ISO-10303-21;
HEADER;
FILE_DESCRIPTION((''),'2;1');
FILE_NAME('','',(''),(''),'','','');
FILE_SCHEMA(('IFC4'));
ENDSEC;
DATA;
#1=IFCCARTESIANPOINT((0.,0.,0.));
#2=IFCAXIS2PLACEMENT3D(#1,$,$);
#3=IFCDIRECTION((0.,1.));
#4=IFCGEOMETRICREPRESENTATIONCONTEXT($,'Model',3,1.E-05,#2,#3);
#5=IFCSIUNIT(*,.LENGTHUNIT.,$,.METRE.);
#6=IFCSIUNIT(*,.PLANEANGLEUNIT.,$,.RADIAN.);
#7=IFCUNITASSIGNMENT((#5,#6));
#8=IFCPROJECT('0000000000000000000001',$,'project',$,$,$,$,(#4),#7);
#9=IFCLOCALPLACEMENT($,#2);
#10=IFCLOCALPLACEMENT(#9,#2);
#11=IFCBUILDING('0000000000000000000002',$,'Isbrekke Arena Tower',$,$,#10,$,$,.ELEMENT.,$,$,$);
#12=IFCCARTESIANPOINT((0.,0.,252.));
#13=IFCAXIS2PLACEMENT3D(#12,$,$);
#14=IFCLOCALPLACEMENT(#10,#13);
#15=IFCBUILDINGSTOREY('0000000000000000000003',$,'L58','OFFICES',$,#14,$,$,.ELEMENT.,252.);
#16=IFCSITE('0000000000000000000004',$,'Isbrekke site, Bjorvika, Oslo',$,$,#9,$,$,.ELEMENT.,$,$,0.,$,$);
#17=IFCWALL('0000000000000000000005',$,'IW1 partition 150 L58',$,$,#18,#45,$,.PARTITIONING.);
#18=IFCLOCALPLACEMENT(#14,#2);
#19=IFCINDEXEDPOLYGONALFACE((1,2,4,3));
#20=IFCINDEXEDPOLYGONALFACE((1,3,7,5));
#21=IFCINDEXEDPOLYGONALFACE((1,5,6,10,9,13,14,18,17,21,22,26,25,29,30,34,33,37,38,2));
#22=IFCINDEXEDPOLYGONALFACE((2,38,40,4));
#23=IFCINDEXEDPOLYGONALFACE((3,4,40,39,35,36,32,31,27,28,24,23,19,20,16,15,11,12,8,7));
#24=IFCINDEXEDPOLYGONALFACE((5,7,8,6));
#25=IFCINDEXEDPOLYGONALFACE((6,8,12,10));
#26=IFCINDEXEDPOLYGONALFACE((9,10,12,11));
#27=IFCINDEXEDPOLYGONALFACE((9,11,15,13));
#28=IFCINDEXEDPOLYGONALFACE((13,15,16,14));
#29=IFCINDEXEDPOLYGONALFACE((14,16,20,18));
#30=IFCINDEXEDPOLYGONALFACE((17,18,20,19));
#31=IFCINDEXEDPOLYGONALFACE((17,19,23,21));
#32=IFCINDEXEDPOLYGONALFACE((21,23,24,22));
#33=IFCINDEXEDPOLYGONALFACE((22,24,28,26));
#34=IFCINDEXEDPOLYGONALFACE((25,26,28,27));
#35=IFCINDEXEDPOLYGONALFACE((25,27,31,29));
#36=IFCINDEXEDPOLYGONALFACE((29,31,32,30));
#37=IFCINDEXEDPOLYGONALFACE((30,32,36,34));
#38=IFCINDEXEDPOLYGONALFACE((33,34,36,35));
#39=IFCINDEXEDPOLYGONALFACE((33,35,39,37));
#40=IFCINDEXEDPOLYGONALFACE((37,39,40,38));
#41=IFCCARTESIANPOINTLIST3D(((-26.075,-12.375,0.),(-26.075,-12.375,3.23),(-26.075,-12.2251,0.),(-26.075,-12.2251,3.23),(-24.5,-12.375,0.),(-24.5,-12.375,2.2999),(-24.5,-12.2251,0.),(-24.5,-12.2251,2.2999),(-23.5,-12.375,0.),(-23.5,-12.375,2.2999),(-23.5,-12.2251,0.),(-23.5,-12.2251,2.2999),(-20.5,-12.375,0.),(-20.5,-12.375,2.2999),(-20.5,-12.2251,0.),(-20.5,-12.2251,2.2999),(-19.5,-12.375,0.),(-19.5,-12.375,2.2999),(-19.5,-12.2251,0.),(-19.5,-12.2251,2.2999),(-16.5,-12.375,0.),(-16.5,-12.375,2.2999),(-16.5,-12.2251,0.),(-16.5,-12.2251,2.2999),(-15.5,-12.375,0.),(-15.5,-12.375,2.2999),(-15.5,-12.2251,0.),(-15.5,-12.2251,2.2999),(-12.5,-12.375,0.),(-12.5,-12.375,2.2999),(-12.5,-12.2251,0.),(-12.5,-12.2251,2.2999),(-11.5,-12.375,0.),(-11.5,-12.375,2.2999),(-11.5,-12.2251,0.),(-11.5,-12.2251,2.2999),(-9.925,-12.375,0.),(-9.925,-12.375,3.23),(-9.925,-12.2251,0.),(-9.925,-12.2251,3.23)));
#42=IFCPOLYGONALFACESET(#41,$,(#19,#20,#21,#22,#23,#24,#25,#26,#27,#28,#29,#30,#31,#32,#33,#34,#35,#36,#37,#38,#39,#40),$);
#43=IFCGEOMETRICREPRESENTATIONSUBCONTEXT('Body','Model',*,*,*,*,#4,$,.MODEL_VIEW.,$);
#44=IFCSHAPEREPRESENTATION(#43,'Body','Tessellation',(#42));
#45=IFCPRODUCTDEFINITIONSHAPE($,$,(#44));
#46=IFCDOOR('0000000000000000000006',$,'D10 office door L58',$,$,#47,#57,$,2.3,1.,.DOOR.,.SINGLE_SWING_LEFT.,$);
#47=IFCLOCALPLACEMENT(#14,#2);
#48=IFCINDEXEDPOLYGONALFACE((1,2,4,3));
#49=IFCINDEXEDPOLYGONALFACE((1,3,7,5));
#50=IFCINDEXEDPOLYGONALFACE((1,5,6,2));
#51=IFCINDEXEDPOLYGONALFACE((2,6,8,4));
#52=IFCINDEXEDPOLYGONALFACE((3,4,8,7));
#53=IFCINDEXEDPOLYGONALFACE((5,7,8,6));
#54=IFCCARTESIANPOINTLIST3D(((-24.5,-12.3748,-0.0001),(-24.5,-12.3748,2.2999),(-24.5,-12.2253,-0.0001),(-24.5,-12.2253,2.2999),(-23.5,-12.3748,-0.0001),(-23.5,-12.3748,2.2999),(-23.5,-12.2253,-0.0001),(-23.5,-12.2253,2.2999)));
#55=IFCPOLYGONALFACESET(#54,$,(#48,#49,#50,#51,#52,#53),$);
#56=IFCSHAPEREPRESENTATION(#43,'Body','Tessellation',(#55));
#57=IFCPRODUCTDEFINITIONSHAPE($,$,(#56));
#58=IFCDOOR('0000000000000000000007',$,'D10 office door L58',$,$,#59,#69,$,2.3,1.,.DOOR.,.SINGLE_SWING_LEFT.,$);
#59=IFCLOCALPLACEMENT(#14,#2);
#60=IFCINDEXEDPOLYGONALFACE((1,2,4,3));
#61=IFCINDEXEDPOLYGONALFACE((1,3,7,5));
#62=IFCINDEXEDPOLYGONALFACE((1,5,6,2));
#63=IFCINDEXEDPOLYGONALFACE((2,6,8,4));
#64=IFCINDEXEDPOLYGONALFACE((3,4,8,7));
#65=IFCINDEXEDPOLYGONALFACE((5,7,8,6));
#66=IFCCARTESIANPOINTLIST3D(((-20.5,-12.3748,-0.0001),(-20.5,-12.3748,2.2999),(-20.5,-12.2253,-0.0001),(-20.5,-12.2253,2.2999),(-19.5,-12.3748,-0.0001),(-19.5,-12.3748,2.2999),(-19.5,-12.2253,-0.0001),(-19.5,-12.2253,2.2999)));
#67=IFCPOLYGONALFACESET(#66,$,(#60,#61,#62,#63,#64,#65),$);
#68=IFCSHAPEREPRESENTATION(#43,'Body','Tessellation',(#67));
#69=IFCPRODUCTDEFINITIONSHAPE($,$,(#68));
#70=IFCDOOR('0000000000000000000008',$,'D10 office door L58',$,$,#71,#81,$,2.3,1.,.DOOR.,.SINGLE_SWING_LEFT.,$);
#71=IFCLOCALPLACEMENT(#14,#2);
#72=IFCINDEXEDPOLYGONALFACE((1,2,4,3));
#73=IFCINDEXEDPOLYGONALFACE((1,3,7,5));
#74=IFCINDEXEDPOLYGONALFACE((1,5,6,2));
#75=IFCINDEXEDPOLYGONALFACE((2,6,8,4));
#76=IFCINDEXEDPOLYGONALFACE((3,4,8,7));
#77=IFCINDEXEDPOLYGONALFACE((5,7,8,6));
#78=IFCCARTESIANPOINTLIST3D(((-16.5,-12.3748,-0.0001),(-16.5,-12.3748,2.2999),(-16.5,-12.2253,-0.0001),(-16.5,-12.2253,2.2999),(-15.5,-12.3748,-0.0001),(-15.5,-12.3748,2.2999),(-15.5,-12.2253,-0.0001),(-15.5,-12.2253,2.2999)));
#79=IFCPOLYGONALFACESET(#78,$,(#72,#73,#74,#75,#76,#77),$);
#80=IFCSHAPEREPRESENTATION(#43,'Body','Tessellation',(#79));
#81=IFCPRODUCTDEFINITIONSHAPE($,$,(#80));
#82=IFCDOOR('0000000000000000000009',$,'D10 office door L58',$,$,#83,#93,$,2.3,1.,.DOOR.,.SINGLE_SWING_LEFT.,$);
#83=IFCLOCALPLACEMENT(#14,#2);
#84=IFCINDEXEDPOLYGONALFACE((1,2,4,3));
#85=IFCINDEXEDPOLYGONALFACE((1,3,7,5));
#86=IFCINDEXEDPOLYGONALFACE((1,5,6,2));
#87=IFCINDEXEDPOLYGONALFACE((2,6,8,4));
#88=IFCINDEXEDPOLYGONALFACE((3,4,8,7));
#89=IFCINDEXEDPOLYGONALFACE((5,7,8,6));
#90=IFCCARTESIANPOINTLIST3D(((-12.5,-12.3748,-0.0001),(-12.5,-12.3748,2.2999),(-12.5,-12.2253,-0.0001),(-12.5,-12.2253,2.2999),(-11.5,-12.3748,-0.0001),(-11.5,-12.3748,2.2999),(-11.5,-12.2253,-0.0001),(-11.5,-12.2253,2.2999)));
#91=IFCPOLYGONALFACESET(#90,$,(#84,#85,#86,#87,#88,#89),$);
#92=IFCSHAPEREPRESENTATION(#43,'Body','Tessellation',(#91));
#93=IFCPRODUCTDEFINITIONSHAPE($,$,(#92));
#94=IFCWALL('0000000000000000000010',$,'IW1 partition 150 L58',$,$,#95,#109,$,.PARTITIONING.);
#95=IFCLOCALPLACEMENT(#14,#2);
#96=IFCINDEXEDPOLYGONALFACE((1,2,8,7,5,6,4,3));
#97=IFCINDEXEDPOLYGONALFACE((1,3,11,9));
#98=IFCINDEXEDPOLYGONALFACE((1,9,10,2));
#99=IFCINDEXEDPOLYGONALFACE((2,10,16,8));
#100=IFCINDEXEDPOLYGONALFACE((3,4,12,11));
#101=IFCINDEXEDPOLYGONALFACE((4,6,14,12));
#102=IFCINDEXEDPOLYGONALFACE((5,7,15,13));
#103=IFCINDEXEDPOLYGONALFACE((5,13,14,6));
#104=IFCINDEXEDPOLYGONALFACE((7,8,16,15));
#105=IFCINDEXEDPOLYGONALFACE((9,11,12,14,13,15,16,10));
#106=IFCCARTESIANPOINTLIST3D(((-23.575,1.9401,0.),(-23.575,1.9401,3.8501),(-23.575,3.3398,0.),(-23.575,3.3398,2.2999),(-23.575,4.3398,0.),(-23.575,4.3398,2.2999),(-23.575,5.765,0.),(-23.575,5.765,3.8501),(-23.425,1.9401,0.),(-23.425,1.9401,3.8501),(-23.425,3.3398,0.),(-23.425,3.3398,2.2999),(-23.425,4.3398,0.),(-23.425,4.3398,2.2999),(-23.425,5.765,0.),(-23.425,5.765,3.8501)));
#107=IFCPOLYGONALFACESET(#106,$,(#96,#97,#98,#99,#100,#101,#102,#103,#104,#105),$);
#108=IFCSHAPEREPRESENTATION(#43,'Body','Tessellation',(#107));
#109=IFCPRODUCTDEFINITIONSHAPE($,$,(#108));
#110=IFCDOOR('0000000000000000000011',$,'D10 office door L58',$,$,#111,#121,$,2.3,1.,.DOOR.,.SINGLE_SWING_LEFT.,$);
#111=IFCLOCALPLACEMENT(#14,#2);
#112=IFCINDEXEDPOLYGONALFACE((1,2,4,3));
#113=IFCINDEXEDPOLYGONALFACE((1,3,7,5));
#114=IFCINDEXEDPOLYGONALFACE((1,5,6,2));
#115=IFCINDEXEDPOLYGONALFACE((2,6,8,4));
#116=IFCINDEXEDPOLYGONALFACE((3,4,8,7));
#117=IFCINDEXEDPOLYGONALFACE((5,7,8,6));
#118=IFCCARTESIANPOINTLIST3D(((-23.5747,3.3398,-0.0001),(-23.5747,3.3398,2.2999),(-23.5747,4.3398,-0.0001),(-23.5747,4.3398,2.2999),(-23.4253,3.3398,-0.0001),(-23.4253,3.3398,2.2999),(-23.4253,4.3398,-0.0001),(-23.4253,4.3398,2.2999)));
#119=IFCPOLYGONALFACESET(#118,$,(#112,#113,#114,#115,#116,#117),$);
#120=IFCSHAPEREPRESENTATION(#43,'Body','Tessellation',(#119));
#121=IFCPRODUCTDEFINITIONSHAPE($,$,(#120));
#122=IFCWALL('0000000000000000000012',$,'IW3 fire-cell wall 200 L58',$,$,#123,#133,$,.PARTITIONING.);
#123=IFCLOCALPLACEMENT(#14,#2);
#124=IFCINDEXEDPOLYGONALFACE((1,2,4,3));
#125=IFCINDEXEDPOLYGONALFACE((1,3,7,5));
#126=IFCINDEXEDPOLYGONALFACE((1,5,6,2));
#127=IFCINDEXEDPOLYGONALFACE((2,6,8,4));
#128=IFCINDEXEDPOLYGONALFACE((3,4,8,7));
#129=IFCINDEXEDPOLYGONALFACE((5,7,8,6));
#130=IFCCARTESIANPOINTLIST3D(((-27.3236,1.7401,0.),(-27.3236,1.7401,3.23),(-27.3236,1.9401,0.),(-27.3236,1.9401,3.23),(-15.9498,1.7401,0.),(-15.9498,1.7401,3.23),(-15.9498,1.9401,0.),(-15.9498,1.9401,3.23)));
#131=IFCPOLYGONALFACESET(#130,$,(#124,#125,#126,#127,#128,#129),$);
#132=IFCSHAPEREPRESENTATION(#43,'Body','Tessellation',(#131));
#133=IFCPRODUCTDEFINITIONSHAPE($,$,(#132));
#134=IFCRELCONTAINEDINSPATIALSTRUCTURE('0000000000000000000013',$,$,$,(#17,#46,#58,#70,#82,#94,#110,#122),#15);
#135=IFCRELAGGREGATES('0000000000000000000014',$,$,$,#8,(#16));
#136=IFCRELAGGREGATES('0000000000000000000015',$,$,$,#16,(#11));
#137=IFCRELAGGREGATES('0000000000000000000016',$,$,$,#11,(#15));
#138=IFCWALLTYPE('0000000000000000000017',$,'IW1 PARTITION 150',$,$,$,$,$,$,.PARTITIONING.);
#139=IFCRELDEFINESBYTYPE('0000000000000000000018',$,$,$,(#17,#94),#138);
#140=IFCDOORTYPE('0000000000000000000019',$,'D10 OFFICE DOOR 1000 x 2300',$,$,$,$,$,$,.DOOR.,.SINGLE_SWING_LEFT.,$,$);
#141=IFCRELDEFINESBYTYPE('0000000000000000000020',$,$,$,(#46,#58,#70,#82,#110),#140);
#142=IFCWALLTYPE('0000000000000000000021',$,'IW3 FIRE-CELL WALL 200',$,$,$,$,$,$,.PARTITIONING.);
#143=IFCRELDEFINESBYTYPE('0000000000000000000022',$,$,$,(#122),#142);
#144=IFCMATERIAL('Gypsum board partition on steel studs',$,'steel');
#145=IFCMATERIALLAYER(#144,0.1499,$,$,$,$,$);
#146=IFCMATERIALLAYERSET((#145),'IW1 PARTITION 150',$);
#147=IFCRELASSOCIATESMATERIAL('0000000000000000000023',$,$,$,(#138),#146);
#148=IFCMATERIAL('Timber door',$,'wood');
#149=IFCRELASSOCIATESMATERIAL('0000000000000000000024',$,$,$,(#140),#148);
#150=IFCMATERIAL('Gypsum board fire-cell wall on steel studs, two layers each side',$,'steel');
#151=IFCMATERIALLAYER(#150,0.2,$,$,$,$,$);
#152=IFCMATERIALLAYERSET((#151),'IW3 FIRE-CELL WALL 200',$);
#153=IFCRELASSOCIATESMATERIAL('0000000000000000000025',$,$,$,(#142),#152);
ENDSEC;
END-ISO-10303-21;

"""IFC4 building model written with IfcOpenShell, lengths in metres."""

from ifc_helpers import new_model, si_unit, direction, frame, frame_2d, origin, place, context, subcontext, project, spatial, rectangle, extrude, material, layer, layer_set, type_object, element, fill, save


model = new_model("IFC4")

# Units and contexts
model_context = context("Model", 3, precision=1e-05, world=origin(), true_north=direction((0.0, 1.0)))
body_context = subcontext(model_context, "Body", "Model", "MODEL_VIEW")
ifc_project = project(units=[si_unit("LENGTHUNIT", "METRE"), si_unit("PLANEANGLEUNIT", "RADIAN")], contexts=[model_context])

# Site, building, storey
site_placement = place(None, origin())
site = spatial("IfcSite", under=ifc_project, at=site_placement, Name="Isbrekke site, Bjorvika, Oslo", CompositionType="ELEMENT", RefElevation=0.0)
building_placement = place(site_placement, origin())
building = spatial("IfcBuilding", under=site, at=building_placement, Name="Isbrekke Arena Tower", CompositionType="ELEMENT")
storey_placement = place(building_placement, frame((0.0, 0.0, 252.0)))
storey = spatial("IfcBuildingStorey", under=building, at=storey_placement, Name="L58", Description="OFFICES", CompositionType="ELEMENT", Elevation=252.0)

# Wall, openings, doors
ifc_material_1 = material(Name="Gypsum board partition on steel studs", Category="steel")
ifc_layer_1 = layer(ifc_material_1, 0.1499)
ifc_layer_set_1 = layer_set([ifc_layer_1], Name="IW1 PARTITION 150")
wall_type_1 = type_object("IfcWallType", Name="IW1 PARTITION 150", PredefinedType="PARTITIONING", material=ifc_layer_set_1)
wall_1_placement = place(storey_placement, frame((-26.075, -12.3, 0.0), z_axis=(0.0, 0.0, 1.0), x_axis=(1.0, 0.0, 0.0)))
wall_1 = element("IfcWall", 1, at=wall_1_placement, inside=storey, type_object=wall_type_1, Name="IW1 partition 150 L58", PredefinedType="PARTITIONING", context=body_context, shape_type="SweptSolid", body=[
    extrude(rectangle(XDim=16.1499, YDim=0.1499, at=frame_2d((8.075, 0.0))), origin(), (0.0, 0.0, 1.0), 3.23),
])
opening_1_placement = place(wall_1_placement, frame((1.575, 0.0, 0.0)))
opening_1 = element("IfcOpeningElement", 2, at=opening_1_placement, cuts=wall_1, PredefinedType="OPENING", context=body_context, shape_type="SweptSolid", body=[
    extrude(rectangle(XDim=1.0, YDim=2.3, at=frame_2d((0.5, 1.1499))), frame((0.0, 0.0898, 0.0), z_axis=(0.0, -1.0, 0.0), x_axis=(1.0, 0.0, 0.0)), (0.0, 0.0, 1.0), 0.1797),
])
opening_2_placement = place(wall_1_placement, frame((5.575, 0.0, 0.0)))
opening_2 = element("IfcOpeningElement", 3, at=opening_2_placement, cuts=wall_1, PredefinedType="OPENING", context=body_context, shape_type="SweptSolid", body=[
    extrude(rectangle(XDim=1.0, YDim=2.3, at=frame_2d((0.5, 1.1499))), frame((0.0, 0.0898, 0.0), z_axis=(0.0, -1.0, 0.0), x_axis=(1.0, 0.0, 0.0)), (0.0, 0.0, 1.0), 0.1797),
])
opening_3_placement = place(wall_1_placement, frame((9.575, 0.0, 0.0)))
opening_3 = element("IfcOpeningElement", 4, at=opening_3_placement, cuts=wall_1, PredefinedType="OPENING", context=body_context, shape_type="SweptSolid", body=[
    extrude(rectangle(XDim=1.0, YDim=2.3, at=frame_2d((0.5, 1.1499))), frame((0.0, 0.0898, 0.0), z_axis=(0.0, -1.0, 0.0), x_axis=(1.0, 0.0, 0.0)), (0.0, 0.0, 1.0), 0.1797),
])
opening_4_placement = place(wall_1_placement, frame((13.575, 0.0, 0.0)))
opening_4 = element("IfcOpeningElement", 5, at=opening_4_placement, cuts=wall_1, PredefinedType="OPENING", context=body_context, shape_type="SweptSolid", body=[
    extrude(rectangle(XDim=1.0, YDim=2.3, at=frame_2d((0.5, 1.1499))), frame((0.0, 0.0898, 0.0), z_axis=(0.0, -1.0, 0.0), x_axis=(1.0, 0.0, 0.0)), (0.0, 0.0, 1.0), 0.1797),
])
ifc_material_2 = material(Name="Timber door", Category="wood")
door_type = type_object("IfcDoorType", Name="D10 OFFICE DOOR 1000 x 2300", OperationType="SINGLE_SWING_LEFT", PredefinedType="DOOR", material=ifc_material_2)
door_1_placement = place(opening_1_placement, origin())
door_1 = element("IfcDoor", 6, at=door_1_placement, inside=storey, type_object=door_type, Name="D10 office door L58", OperationType="SINGLE_SWING_LEFT", OverallHeight=2.3, OverallWidth=1.0, PredefinedType="DOOR", context=body_context, shape_type="SweptSolid", body=[
    extrude(rectangle(XDim=1.0, YDim=2.3, at=frame_2d((0.5, 1.1499))), frame((0.0, 0.0747, 0.0), z_axis=(0.0, -1.0, 0.0), x_axis=(1.0, 0.0, 0.0)), (0.0, 0.0, 1.0), 0.1494),
])
fill(opening_1, door_1)
door_2_placement = place(opening_2_placement, origin())
door_2 = element("IfcDoor", 7, at=door_2_placement, inside=storey, type_object=door_type, Name="D10 office door L58", OperationType="SINGLE_SWING_LEFT", OverallHeight=2.3, OverallWidth=1.0, PredefinedType="DOOR", context=body_context, shape_type="SweptSolid", body=[
    extrude(rectangle(XDim=1.0, YDim=2.3, at=frame_2d((0.5, 1.1499))), frame((0.0, 0.0747, 0.0), z_axis=(0.0, -1.0, 0.0), x_axis=(1.0, 0.0, 0.0)), (0.0, 0.0, 1.0), 0.1494),
])
fill(opening_2, door_2)
door_3_placement = place(opening_3_placement, origin())
door_3 = element("IfcDoor", 8, at=door_3_placement, inside=storey, type_object=door_type, Name="D10 office door L58", OperationType="SINGLE_SWING_LEFT", OverallHeight=2.3, OverallWidth=1.0, PredefinedType="DOOR", context=body_context, shape_type="SweptSolid", body=[
    extrude(rectangle(XDim=1.0, YDim=2.3, at=frame_2d((0.5, 1.1499))), frame((0.0, 0.0747, 0.0), z_axis=(0.0, -1.0, 0.0), x_axis=(1.0, 0.0, 0.0)), (0.0, 0.0, 1.0), 0.1494),
])
fill(opening_3, door_3)
door_4_placement = place(opening_4_placement, origin())
door_4 = element("IfcDoor", 9, at=door_4_placement, inside=storey, type_object=door_type, Name="D10 office door L58", OperationType="SINGLE_SWING_LEFT", OverallHeight=2.3, OverallWidth=1.0, PredefinedType="DOOR", context=body_context, shape_type="SweptSolid", body=[
    extrude(rectangle(XDim=1.0, YDim=2.3, at=frame_2d((0.5, 1.1499))), frame((0.0, 0.0747, 0.0), z_axis=(0.0, -1.0, 0.0), x_axis=(1.0, 0.0, 0.0)), (0.0, 0.0, 1.0), 0.1494),
])
fill(opening_4, door_4)

# Wall, opening, door
wall_2_placement = place(storey_placement, frame((-23.5, 1.9399, 0.0), z_axis=(0.0, 0.0, 1.0), x_axis=(0.0, 1.0, 0.0)))
wall_2 = element("IfcWall", 10, at=wall_2_placement, inside=storey, type_object=wall_type_1, Name="IW1 partition 150 L58", PredefinedType="PARTITIONING", context=body_context, shape_type="SweptSolid", body=[
    extrude(rectangle(XDim=3.825, YDim=0.1499, at=frame_2d((1.9126, 0.0))), origin(), (0.0, 0.0, 1.0), 3.8501),
])
opening_5_placement = place(wall_2_placement, frame((1.3999, 0.0, 0.0)))
opening_5 = element("IfcOpeningElement", 11, at=opening_5_placement, cuts=wall_2, PredefinedType="OPENING", context=body_context, shape_type="SweptSolid", body=[
    extrude(rectangle(XDim=1.0, YDim=2.3, at=frame_2d((0.5, 1.1499))), frame((0.0, 0.0898, 0.0), z_axis=(0.0, -1.0, 0.0), x_axis=(1.0, 0.0, 0.0)), (0.0, 0.0, 1.0), 0.1797),
])
door_5_placement = place(opening_5_placement, origin())
door_5 = element("IfcDoor", 12, at=door_5_placement, inside=storey, type_object=door_type, Name="D10 office door L58", OperationType="SINGLE_SWING_LEFT", OverallHeight=2.3, OverallWidth=1.0, PredefinedType="DOOR", context=body_context, shape_type="SweptSolid", body=[
    extrude(rectangle(XDim=1.0, YDim=2.3, at=frame_2d((0.5, 1.1499))), frame((0.0, 0.0747, 0.0), z_axis=(0.0, -1.0, 0.0), x_axis=(1.0, 0.0, 0.0)), (0.0, 0.0, 1.0), 0.1494),
])
fill(opening_5, door_5)

# Wall
ifc_material_3 = material(Name="Gypsum board fire-cell wall on steel studs, two layers each side", Category="steel")
ifc_layer_2 = layer(ifc_material_3, 0.2)
ifc_layer_set_2 = layer_set([ifc_layer_2], Name="IW3 FIRE-CELL WALL 200")
wall_type_2 = type_object("IfcWallType", Name="IW3 FIRE-CELL WALL 200", PredefinedType="PARTITIONING", material=ifc_layer_set_2)
wall_3_placement = place(storey_placement, frame((-27.3237, 1.8401, 0.0), z_axis=(0.0, 0.0, 1.0), x_axis=(1.0, 0.0, 0.0)))
element("IfcWall", 13, at=wall_3_placement, inside=storey, type_object=wall_type_2, Name="IW3 fire-cell wall 200 L58", PredefinedType="PARTITIONING", context=body_context, shape_type="SweptSolid", body=[
    extrude(rectangle(XDim=11.3738, YDim=0.2, at=frame_2d((5.687, 0.0))), origin(), (0.0, 0.0, 1.0), 3.23),
])

save(model, "model.ifc")
